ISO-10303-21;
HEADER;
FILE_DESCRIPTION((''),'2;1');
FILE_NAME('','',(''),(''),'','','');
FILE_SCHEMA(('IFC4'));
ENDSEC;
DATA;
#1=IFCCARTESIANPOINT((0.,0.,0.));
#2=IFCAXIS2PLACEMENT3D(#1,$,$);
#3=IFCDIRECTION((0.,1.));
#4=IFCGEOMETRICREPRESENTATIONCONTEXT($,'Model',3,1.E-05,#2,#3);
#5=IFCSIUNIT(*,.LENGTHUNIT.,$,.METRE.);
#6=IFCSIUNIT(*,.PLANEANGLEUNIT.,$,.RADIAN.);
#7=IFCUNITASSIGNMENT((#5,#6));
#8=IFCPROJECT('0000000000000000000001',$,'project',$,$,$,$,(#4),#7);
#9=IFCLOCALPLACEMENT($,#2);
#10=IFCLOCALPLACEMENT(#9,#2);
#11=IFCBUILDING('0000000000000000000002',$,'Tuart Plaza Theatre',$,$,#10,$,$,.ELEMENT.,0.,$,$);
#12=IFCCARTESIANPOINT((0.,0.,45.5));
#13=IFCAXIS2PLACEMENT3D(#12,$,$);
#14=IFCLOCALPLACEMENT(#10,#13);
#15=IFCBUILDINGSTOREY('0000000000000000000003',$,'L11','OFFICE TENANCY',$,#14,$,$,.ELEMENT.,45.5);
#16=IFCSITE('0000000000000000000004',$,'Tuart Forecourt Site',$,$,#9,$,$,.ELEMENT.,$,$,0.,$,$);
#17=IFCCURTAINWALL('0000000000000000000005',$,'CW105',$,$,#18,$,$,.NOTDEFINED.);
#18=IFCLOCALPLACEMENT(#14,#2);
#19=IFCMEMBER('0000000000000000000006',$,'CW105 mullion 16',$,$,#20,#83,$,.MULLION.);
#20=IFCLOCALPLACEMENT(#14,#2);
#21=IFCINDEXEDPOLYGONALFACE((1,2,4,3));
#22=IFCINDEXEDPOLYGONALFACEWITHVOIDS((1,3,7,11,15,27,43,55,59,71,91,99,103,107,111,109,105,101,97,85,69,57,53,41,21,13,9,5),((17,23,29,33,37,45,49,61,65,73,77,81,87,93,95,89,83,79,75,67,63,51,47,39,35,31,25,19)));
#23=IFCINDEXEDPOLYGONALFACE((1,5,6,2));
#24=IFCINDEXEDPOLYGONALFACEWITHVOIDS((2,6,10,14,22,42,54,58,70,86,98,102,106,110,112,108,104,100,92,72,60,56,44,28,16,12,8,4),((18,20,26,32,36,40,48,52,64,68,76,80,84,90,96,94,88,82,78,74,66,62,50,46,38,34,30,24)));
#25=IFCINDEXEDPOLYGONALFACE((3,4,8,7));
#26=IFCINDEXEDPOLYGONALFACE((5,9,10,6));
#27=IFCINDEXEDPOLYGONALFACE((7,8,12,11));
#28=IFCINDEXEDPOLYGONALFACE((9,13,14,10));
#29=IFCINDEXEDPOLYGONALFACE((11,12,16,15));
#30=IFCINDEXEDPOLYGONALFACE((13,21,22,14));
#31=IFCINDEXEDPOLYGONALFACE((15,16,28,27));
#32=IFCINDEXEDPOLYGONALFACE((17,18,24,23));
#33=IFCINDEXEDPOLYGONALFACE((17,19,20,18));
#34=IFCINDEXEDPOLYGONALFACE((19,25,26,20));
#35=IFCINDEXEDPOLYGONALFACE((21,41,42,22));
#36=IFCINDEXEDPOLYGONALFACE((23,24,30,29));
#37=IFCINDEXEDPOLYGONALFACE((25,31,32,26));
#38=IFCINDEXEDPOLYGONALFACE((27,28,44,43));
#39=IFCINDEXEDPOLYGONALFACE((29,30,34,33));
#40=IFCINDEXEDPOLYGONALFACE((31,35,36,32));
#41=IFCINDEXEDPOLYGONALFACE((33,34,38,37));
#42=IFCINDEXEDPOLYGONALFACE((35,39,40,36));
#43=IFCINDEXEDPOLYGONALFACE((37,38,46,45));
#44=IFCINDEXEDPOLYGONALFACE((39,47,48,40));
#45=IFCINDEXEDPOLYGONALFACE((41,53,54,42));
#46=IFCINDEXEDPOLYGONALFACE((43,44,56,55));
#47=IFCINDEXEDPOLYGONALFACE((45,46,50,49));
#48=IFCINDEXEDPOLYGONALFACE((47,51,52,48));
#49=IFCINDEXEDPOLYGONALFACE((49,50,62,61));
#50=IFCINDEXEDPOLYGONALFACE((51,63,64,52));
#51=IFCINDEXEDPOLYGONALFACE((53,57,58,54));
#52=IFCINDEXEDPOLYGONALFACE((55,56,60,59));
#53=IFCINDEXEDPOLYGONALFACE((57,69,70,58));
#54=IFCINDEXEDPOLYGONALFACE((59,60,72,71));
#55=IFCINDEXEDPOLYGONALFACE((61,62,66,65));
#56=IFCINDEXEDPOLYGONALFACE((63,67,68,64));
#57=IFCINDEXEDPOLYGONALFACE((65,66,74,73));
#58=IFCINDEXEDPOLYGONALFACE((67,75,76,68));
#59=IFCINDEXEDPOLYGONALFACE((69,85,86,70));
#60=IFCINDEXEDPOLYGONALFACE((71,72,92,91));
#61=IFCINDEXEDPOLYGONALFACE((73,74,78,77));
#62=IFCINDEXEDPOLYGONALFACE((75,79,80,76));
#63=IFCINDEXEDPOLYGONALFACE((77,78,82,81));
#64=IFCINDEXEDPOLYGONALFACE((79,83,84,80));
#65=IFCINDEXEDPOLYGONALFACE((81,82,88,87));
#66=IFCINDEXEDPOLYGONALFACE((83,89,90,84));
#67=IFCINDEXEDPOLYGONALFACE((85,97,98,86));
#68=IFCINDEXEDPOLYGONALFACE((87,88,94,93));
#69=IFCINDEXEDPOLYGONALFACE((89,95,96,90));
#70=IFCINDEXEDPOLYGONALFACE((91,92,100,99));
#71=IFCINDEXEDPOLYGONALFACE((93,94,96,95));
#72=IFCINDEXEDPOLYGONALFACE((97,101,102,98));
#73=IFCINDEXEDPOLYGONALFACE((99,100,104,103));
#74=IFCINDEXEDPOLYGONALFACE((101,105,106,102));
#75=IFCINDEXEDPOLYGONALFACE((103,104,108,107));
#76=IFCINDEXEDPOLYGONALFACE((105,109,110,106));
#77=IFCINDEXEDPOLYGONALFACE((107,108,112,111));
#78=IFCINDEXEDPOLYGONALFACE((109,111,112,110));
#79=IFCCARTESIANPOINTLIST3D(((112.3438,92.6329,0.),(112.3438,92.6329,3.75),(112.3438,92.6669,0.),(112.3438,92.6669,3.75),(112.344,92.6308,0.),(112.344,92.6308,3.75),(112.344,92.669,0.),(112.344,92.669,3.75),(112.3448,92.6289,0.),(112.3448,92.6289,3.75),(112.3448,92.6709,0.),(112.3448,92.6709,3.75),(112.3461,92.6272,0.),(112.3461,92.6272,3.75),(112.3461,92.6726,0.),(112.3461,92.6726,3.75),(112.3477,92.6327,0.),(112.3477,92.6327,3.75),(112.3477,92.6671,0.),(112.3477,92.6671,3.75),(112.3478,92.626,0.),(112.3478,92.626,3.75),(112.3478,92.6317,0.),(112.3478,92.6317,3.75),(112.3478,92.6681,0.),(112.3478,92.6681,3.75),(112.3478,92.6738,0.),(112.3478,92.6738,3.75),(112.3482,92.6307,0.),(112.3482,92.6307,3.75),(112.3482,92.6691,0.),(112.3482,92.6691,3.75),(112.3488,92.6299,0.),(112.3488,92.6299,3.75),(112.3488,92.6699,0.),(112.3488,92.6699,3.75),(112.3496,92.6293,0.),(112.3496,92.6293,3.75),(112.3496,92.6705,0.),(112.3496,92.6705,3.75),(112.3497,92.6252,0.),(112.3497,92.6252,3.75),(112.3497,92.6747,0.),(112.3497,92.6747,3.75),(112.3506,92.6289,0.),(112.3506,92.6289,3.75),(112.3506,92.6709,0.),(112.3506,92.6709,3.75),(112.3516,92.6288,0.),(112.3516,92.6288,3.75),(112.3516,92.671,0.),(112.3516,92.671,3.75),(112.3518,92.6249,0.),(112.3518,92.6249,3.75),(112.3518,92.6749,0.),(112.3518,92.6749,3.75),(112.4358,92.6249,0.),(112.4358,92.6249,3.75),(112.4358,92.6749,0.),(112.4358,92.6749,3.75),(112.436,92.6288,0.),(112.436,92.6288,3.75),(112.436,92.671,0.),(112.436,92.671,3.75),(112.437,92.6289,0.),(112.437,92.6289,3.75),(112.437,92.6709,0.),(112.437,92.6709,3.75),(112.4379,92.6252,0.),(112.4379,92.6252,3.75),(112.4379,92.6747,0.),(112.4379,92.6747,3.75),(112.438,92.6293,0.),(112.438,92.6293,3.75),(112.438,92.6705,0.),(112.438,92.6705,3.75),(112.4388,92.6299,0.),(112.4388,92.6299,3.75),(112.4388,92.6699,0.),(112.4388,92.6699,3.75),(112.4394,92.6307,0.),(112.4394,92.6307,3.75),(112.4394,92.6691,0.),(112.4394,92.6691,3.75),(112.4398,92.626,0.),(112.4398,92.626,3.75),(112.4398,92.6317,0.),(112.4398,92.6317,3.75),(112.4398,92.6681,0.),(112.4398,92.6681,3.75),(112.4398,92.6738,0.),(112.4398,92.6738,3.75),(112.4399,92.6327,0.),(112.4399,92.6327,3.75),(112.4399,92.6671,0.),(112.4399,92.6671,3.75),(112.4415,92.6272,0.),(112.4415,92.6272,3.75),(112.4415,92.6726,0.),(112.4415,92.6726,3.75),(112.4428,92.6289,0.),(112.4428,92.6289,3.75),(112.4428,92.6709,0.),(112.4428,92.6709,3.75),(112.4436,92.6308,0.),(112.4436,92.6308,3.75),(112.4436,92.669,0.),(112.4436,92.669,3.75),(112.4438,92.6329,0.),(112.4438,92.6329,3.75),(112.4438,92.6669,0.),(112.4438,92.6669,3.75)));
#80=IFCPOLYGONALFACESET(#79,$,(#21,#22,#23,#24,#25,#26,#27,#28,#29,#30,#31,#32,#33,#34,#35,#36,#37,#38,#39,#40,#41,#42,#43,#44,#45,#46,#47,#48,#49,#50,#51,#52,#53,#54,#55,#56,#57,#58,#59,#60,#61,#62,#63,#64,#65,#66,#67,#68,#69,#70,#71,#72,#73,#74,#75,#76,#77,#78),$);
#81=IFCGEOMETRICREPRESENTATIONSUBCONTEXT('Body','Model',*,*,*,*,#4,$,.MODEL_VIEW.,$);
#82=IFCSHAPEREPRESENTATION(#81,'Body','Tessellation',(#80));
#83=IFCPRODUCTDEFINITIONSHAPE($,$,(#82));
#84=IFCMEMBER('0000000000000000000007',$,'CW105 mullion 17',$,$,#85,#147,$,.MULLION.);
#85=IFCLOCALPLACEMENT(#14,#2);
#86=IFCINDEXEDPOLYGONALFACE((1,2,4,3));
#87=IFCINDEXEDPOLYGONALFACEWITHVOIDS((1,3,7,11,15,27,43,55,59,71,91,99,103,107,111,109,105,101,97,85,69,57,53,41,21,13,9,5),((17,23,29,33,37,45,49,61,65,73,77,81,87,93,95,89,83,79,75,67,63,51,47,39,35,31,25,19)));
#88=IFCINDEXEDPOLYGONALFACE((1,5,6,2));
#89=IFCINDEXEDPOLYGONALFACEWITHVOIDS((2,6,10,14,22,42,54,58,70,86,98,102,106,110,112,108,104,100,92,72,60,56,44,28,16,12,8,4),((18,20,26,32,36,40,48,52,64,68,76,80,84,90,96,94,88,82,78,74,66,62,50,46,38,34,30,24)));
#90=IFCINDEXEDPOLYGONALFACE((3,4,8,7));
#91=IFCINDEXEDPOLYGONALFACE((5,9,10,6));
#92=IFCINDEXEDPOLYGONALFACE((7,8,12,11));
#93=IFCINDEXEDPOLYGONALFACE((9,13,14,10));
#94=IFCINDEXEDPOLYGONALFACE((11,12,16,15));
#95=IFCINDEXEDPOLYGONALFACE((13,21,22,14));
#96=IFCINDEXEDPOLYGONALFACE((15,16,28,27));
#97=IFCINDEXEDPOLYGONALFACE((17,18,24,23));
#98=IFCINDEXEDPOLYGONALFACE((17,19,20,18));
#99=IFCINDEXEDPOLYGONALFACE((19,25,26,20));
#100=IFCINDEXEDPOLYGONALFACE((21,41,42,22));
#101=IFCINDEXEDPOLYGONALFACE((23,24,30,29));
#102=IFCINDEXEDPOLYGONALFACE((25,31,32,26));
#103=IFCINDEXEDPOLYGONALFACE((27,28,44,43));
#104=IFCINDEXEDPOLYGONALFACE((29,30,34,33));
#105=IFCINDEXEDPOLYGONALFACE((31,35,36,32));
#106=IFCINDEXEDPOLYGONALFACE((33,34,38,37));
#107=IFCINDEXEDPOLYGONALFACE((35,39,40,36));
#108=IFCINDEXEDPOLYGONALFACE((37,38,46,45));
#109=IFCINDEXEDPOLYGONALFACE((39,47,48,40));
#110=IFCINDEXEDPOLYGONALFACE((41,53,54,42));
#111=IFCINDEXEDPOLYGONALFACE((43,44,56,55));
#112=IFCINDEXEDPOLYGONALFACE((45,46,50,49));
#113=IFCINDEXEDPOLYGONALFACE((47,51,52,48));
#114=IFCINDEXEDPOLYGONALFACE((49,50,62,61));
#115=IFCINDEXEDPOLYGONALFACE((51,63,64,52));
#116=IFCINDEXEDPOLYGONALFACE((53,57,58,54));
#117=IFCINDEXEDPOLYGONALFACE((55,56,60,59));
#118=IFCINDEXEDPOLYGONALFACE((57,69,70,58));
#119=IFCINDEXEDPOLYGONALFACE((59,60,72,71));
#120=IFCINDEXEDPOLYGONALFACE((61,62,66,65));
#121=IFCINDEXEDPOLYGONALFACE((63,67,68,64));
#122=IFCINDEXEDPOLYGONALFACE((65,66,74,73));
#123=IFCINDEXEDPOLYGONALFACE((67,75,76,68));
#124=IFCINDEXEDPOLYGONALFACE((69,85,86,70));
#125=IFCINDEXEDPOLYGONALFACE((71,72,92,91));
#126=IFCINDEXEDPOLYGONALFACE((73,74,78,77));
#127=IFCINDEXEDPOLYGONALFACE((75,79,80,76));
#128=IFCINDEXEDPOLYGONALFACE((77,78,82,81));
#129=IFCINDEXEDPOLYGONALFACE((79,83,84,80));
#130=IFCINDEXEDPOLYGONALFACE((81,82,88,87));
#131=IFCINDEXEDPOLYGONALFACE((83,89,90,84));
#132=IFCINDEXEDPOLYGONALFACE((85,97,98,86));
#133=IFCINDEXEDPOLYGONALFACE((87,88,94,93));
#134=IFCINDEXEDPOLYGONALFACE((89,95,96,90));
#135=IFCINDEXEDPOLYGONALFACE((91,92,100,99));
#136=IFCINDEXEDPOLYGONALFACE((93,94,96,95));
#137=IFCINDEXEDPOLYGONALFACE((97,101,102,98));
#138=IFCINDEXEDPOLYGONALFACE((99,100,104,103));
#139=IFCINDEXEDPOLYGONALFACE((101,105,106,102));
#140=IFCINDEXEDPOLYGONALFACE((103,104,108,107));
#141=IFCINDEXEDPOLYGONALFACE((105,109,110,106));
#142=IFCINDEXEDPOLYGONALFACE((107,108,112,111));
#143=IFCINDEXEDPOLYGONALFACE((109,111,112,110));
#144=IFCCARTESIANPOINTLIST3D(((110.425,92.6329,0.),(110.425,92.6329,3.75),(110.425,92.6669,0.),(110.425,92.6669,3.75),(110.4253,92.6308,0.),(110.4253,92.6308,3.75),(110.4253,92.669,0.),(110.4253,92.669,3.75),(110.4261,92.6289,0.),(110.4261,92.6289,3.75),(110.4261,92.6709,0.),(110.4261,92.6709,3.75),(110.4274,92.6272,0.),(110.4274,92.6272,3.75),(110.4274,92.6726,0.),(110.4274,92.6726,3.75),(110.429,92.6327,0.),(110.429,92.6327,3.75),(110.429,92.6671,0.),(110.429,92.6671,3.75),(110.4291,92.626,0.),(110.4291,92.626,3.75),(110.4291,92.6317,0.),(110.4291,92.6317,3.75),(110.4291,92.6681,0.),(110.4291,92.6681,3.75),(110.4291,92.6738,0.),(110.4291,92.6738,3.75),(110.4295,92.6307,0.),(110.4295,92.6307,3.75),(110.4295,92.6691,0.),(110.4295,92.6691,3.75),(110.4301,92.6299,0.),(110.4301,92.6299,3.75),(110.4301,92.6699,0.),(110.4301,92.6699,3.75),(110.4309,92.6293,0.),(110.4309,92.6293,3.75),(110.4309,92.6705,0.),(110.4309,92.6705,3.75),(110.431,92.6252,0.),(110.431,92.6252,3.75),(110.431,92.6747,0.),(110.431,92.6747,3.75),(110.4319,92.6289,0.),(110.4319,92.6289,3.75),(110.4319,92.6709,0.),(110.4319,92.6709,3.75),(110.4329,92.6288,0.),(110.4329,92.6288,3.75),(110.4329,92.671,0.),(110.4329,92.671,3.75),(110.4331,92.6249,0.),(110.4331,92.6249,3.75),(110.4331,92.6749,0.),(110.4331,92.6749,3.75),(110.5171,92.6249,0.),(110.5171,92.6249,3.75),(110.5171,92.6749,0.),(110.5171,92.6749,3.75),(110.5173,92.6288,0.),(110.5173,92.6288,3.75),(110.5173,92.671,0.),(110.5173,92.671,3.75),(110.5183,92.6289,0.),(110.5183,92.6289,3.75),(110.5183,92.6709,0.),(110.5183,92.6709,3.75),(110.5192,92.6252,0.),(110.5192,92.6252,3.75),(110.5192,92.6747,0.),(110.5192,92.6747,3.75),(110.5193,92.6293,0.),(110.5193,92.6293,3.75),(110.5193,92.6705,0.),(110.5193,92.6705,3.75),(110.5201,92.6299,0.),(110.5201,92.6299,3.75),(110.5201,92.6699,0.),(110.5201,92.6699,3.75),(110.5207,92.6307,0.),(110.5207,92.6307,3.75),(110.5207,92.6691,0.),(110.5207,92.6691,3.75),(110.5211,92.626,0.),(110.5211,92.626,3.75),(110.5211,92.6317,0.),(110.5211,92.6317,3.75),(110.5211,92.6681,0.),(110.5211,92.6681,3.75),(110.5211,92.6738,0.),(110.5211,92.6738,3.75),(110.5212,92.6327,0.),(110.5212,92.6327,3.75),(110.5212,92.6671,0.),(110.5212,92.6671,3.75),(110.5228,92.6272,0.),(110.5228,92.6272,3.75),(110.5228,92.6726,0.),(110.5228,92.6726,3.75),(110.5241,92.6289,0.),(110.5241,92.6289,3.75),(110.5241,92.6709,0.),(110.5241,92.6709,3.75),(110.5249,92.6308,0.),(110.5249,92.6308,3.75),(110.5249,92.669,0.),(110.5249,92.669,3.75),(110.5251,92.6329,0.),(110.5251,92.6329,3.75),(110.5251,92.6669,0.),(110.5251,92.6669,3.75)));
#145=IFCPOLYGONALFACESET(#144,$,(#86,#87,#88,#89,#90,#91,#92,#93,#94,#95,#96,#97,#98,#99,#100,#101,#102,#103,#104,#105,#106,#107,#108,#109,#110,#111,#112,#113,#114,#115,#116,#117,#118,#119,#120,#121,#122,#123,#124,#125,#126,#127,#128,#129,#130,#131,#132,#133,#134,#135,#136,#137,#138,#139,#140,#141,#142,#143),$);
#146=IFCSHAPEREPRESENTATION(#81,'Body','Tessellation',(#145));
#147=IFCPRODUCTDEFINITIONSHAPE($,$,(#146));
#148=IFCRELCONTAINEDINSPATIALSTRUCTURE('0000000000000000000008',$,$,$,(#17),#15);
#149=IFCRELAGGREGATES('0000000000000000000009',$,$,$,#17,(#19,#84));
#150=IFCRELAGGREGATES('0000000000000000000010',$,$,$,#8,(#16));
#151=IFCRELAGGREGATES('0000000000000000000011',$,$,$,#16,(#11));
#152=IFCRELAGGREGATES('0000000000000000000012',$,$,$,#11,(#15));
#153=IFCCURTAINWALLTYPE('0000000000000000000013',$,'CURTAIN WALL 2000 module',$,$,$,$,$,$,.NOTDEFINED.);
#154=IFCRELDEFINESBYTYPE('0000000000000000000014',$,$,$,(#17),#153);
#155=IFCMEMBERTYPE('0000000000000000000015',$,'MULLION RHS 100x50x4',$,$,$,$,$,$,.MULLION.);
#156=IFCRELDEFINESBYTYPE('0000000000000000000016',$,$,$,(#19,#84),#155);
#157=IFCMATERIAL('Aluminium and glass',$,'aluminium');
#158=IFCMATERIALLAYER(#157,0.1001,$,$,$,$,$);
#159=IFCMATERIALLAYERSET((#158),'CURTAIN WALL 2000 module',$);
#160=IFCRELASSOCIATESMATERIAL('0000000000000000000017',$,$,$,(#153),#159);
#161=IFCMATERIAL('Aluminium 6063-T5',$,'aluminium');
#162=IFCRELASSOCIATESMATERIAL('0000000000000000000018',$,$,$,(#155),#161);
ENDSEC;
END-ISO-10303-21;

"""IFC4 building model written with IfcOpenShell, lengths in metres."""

from ifc_helpers import new_model, si_unit, direction, frame, origin, origin_2d, place, context, subcontext, project, spatial, hollow_rectangle, extrude, material, layer, layer_set, material_profile, profile_set, type_object, element, aggregate, save


model = new_model("IFC4")

# Units and contexts
model_context = context("Model", 3, precision=1e-05, world=origin(), true_north=direction((0.0, 1.0)))
body_context = subcontext(model_context, "Body", "Model", "MODEL_VIEW")
ifc_project = project(units=[si_unit("LENGTHUNIT", "METRE"), si_unit("PLANEANGLEUNIT", "RADIAN")], contexts=[model_context])

# Site, building, storey
site_placement = place(None, origin())
site = spatial("IfcSite", under=ifc_project, at=site_placement, Name="Tuart Forecourt Site", CompositionType="ELEMENT", RefElevation=0.0)
building_placement = place(site_placement, origin())
building = spatial("IfcBuilding", under=site, at=building_placement, Name="Tuart Plaza Theatre", CompositionType="ELEMENT", ElevationOfRefHeight=0.0)
storey_placement = place(building_placement, frame((0.0, 0.0, 45.5)))
storey = spatial("IfcBuildingStorey", under=building, at=storey_placement, Name="L11", Description="OFFICE TENANCY", CompositionType="ELEMENT", Elevation=45.5)

# Curtain wall, members
ifc_material_1 = material(Name="Aluminium and glass", Category="aluminium")
ifc_layer_1 = layer(ifc_material_1, 0.1001)
ifc_layer_set_1 = layer_set([ifc_layer_1], Name="CURTAIN WALL 2000 module")
curtain_wall_type = type_object("IfcCurtainWallType", Name="CURTAIN WALL 2000 module", PredefinedType="NOTDEFINED", material=ifc_layer_set_1)
curtain_wall_placement = place(storey_placement, origin())
curtain_wall = element("IfcCurtainWall", 1, at=curtain_wall_placement, inside=storey, type_object=curtain_wall_type, Name="CW105", PredefinedType="NOTDEFINED")
ifc_material_2 = material(Name="Aluminium 6063-T5", Category="aluminium")
ifc_material_profile_1 = material_profile(ifc_material_2, hollow_rectangle(XDim=0.05, YDim=0.1001, WallThickness=0.0039, InnerFilletRadius=0.0039, OuterFilletRadius=0.0081, at=origin_2d()), Name="RHS 100x50x4")
ifc_profile_set_1 = profile_set([ifc_material_profile_1], Name="Aluminium 6063-T5")
member_type_1 = type_object("IfcMemberType", Name="MULLION RHS 100x50x4", PredefinedType="MULLION", material=ifc_profile_set_1)
member_1_placement = place(storey_placement, frame((112.3938, 92.6499, 0.0), z_axis=(0.0, 0.0, 1.0), x_axis=(0.0, -1.0, 0.0)))
member_1 = element("IfcMember", 2, at=member_1_placement, type_object=member_type_1, Name="CW105 mullion 16", PredefinedType="MULLION", context=body_context, shape_type="SweptSolid", body=[
    extrude(hollow_rectangle(XDim=0.05, YDim=0.1001, WallThickness=0.0039, InnerFilletRadius=0.0039, OuterFilletRadius=0.0081, at=origin_2d()), origin(), (0.0, 0.0, 1.0), 3.75),
])
member_2_placement = place(storey_placement, frame((110.4751, 92.6499, 0.0), z_axis=(0.0, 0.0, 1.0), x_axis=(0.0, -1.0, 0.0)))
member_2 = element("IfcMember", 3, at=member_2_placement, type_object=member_type_1, Name="CW105 mullion 17", PredefinedType="MULLION", context=body_context, shape_type="SweptSolid", body=[
    extrude(hollow_rectangle(XDim=0.05, YDim=0.1001, WallThickness=0.0039, InnerFilletRadius=0.0039, OuterFilletRadius=0.0081, at=origin_2d()), origin(), (0.0, 0.0, 1.0), 3.75),
])
aggregate(curtain_wall, [member_1, member_2])

save(model, "model.ifc")
